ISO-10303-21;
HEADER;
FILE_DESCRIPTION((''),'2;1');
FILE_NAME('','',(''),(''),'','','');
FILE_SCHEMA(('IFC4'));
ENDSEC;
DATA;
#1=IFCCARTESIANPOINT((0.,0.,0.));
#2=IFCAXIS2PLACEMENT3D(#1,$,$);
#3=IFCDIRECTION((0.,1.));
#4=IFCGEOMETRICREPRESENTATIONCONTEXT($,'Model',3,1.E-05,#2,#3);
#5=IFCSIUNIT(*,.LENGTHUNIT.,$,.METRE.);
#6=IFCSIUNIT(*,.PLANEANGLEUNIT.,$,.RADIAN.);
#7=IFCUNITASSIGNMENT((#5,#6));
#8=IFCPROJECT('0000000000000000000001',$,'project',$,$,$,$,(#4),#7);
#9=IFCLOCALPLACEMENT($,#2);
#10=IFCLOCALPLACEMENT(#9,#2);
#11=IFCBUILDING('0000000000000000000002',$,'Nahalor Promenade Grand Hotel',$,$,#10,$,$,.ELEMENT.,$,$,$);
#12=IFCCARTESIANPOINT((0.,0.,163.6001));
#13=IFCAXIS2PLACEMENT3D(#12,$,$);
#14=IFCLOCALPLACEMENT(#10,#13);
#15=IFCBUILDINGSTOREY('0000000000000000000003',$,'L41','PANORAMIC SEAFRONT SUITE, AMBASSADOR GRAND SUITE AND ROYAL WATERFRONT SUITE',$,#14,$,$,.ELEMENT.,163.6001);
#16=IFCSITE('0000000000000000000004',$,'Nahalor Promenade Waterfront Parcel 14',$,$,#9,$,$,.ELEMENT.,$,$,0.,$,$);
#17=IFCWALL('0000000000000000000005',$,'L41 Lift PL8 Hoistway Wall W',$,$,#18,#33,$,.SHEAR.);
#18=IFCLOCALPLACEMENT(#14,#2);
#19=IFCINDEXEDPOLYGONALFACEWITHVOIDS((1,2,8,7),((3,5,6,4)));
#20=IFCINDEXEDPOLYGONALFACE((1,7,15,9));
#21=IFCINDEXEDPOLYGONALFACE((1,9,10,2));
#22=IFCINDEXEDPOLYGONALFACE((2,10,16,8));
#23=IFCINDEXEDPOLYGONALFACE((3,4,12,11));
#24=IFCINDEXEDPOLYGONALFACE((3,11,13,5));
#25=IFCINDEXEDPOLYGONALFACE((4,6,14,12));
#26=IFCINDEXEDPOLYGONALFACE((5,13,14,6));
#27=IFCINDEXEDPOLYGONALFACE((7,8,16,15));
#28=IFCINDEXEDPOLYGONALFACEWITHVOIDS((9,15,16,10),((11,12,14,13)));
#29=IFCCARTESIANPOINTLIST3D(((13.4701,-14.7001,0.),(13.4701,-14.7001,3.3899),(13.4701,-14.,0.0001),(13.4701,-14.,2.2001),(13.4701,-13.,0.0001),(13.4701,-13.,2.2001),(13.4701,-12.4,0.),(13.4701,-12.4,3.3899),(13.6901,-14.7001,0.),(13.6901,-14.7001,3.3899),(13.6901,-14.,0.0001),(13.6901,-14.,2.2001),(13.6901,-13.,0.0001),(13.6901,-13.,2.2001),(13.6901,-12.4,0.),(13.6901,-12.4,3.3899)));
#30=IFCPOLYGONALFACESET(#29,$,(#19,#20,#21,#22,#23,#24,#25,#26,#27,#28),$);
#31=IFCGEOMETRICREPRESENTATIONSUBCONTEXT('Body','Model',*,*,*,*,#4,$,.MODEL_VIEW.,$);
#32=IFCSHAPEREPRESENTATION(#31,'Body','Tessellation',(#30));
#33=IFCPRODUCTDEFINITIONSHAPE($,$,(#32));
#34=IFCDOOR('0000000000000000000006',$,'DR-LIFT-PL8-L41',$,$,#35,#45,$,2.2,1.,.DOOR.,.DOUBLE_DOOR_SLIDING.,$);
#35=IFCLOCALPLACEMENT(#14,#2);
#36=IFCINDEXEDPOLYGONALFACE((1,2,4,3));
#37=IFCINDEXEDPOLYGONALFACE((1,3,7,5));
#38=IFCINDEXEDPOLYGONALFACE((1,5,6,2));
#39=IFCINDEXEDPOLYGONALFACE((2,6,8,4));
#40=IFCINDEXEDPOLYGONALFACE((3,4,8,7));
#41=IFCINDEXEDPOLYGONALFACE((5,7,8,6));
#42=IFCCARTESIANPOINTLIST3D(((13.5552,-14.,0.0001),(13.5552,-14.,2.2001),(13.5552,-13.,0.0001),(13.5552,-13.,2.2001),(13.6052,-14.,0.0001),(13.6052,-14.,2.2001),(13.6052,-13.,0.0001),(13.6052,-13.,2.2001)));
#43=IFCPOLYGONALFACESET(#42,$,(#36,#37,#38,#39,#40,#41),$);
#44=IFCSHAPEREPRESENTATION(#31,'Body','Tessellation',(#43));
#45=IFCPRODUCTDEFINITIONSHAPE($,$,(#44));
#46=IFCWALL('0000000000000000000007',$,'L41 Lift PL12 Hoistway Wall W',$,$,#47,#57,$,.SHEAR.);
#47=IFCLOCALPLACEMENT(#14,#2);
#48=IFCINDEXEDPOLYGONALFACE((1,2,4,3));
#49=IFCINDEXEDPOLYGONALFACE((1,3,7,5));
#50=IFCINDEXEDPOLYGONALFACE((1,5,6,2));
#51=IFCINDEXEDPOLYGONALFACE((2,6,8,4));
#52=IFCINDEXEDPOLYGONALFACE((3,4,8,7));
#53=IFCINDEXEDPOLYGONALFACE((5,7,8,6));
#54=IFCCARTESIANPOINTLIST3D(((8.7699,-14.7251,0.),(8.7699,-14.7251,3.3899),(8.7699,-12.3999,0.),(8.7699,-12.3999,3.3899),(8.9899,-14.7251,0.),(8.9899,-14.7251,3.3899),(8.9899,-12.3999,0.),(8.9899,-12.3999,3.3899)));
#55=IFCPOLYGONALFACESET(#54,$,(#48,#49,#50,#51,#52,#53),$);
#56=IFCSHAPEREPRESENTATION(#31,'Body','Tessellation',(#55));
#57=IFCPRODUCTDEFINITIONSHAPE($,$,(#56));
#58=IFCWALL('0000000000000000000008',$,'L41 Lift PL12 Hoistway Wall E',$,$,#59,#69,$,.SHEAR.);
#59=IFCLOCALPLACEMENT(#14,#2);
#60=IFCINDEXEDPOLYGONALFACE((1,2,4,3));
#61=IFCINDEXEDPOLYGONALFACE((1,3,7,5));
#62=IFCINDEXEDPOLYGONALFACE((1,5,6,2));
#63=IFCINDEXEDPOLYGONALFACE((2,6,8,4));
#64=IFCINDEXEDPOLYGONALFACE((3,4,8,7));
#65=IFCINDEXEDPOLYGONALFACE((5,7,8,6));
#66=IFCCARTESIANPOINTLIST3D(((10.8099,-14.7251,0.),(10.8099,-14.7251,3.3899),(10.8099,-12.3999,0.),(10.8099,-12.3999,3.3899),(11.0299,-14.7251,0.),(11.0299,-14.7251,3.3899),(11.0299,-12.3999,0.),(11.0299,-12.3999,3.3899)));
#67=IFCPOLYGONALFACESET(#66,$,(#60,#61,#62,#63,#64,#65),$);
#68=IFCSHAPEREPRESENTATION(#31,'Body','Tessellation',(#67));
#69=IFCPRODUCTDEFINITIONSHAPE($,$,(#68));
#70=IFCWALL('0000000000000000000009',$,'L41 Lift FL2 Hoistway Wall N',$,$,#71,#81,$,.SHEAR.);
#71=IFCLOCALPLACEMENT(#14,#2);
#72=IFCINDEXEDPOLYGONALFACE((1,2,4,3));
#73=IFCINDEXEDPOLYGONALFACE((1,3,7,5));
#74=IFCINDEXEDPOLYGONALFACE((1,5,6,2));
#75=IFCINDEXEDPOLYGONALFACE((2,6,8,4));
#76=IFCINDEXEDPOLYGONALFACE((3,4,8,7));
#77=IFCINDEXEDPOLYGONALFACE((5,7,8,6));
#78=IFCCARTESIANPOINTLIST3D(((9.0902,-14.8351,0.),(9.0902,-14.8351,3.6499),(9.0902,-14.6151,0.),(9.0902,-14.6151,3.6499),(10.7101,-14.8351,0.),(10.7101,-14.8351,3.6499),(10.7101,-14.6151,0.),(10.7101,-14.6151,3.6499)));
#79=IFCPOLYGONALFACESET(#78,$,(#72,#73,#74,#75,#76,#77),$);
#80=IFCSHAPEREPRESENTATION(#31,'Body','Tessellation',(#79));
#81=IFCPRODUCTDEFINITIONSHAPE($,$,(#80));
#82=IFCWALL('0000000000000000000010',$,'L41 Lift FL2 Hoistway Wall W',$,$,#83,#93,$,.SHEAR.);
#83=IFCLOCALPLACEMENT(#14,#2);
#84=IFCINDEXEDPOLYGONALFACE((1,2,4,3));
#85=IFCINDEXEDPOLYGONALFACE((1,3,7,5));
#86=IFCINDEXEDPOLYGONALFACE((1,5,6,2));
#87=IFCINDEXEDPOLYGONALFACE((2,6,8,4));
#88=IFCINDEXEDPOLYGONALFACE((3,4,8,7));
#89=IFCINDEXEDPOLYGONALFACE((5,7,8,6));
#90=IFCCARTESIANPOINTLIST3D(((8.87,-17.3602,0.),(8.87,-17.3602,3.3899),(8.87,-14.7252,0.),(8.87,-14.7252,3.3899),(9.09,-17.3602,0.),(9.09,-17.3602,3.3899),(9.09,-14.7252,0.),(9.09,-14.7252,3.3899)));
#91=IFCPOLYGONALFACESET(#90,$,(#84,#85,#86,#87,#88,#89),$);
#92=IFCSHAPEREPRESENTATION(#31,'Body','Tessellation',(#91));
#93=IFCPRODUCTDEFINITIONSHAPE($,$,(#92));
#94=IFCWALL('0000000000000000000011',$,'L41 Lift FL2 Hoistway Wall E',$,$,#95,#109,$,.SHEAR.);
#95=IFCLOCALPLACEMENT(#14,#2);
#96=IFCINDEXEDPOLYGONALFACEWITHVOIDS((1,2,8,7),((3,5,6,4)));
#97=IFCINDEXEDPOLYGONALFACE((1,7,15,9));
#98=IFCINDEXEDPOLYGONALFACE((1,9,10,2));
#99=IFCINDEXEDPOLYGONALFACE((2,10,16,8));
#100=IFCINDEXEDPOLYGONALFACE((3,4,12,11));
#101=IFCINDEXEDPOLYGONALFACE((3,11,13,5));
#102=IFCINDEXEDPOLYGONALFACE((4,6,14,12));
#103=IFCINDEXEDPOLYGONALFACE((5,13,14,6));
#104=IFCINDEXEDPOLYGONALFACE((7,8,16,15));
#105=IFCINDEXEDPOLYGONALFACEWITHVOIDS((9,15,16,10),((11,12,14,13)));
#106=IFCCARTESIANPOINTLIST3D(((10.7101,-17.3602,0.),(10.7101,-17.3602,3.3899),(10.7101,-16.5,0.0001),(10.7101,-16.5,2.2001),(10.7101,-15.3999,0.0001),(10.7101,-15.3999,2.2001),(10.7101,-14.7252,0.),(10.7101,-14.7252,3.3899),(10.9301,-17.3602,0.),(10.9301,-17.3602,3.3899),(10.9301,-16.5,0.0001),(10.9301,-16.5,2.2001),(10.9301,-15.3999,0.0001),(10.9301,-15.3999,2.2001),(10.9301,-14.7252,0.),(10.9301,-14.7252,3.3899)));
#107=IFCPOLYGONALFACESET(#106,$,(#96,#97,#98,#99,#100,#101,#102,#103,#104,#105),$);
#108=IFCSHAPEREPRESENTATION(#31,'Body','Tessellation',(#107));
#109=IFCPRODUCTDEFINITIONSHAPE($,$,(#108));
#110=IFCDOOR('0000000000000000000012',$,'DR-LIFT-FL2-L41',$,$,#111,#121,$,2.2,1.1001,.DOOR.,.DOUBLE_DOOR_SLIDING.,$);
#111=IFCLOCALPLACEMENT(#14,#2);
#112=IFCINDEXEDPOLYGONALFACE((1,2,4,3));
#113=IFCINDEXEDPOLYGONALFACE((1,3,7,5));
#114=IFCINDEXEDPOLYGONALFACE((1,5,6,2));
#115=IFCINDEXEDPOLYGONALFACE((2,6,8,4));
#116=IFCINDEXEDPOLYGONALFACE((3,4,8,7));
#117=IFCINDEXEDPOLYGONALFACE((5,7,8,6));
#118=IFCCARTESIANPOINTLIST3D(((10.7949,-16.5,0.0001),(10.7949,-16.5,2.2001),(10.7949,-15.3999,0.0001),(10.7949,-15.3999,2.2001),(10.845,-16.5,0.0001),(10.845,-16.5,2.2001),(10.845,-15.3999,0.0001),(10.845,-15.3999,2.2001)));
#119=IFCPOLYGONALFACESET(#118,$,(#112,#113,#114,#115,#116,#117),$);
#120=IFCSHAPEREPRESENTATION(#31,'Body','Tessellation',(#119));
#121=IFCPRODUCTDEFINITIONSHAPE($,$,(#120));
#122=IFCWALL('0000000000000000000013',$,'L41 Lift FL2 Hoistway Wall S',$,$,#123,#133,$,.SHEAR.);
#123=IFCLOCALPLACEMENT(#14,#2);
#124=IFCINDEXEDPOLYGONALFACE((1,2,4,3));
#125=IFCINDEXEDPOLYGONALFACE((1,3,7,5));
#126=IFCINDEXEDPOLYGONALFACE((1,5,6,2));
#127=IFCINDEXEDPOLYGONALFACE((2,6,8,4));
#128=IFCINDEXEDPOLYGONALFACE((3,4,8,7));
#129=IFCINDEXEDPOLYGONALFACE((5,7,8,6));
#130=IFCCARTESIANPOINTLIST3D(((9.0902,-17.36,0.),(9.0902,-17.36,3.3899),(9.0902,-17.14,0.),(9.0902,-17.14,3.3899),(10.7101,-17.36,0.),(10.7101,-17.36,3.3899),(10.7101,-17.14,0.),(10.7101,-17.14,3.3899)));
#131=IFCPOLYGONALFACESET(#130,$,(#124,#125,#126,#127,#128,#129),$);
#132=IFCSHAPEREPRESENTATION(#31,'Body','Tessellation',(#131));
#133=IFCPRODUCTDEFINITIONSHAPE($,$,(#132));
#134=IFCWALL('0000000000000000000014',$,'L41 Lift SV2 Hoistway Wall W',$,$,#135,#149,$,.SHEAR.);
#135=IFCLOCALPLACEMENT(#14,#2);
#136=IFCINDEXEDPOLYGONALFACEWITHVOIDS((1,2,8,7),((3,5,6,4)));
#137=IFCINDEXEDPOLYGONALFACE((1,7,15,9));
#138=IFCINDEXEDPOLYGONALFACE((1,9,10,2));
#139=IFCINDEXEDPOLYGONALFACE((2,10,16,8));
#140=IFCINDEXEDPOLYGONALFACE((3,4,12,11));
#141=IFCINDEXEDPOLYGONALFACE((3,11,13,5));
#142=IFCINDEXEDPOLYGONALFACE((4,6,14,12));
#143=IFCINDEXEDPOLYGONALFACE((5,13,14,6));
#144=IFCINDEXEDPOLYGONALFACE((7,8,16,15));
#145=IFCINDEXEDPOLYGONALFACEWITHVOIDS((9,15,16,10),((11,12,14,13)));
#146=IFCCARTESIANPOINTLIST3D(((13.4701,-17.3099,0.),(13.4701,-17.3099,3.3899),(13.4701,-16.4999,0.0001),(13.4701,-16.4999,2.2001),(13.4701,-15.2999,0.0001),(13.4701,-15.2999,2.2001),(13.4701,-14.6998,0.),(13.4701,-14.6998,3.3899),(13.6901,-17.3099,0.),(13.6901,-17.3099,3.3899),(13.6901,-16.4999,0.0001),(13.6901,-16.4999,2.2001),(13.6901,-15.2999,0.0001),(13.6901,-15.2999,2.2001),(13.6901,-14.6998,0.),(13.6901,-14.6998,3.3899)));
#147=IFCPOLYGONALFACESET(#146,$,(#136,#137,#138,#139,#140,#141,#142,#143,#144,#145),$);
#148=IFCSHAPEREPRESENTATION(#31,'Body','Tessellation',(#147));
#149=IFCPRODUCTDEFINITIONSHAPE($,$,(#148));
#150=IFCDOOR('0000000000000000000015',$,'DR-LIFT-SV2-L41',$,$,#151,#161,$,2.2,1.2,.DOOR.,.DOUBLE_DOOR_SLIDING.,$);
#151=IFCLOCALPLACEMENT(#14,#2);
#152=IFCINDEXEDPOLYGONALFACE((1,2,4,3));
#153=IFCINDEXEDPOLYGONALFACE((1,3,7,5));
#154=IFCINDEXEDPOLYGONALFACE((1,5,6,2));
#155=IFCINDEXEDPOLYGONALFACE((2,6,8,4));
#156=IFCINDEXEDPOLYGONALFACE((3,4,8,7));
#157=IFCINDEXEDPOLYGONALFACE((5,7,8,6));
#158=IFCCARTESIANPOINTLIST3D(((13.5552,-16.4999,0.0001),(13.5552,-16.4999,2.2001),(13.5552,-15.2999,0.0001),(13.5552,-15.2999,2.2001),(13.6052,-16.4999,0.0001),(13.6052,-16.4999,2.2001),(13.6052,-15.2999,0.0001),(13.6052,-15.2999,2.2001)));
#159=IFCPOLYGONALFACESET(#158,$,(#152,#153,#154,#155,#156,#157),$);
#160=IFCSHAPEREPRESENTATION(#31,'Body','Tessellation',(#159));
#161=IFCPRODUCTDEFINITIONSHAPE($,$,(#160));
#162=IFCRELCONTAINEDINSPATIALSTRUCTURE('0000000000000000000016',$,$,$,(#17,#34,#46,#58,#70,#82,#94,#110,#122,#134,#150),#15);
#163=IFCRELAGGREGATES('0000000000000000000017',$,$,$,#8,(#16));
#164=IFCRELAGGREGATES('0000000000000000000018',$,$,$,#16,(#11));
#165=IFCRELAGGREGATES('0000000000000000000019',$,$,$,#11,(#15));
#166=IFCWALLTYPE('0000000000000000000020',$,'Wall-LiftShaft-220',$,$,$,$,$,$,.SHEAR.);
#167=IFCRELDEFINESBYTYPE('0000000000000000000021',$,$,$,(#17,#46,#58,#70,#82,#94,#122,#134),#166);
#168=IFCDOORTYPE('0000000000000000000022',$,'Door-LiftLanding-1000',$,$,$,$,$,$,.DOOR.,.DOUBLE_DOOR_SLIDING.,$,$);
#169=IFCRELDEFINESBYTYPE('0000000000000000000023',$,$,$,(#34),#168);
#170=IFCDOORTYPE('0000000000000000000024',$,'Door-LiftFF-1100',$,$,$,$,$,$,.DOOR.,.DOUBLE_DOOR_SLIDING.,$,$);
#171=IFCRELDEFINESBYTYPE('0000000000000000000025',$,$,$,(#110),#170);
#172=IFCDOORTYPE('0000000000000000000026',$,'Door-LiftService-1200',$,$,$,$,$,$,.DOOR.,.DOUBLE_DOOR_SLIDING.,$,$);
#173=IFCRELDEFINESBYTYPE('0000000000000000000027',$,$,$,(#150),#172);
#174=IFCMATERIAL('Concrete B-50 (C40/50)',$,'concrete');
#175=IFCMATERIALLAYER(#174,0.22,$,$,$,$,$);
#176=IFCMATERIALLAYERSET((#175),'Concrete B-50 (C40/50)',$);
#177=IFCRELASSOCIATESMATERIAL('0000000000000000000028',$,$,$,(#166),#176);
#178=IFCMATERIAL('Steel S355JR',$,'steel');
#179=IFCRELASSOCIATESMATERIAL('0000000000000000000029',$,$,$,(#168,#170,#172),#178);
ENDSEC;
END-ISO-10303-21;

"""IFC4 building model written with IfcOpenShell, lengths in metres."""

from ifc_helpers import new_model, si_unit, direction, frame, frame_2d, origin, place, context, subcontext, project, spatial, rectangle, extrude, source, transform, mapped, material, layer, layer_set, type_object, element, fill, save


model = new_model("IFC4")

# Units and contexts
model_context = context("Model", 3, precision=1e-05, world=origin(), true_north=direction((0.0, 1.0)))
body_context = subcontext(model_context, "Body", "Model", "MODEL_VIEW")
ifc_project = project(units=[si_unit("LENGTHUNIT", "METRE"), si_unit("PLANEANGLEUNIT", "RADIAN")], contexts=[model_context])

# Site, building, storey
site_placement = place(None, origin())
site = spatial("IfcSite", under=ifc_project, at=site_placement, Name="Nahalor Promenade Waterfront Parcel 14", CompositionType="ELEMENT", RefElevation=0.0)
building_placement = place(site_placement, origin())
building = spatial("IfcBuilding", under=site, at=building_placement, Name="Nahalor Promenade Grand Hotel", CompositionType="ELEMENT")
storey_placement = place(building_placement, frame((0.0, 0.0, 163.6001)))
storey = spatial("IfcBuildingStorey", under=building, at=storey_placement, Name="L41", Description="PANORAMIC SEAFRONT SUITE, AMBASSADOR GRAND SUITE AND ROYAL WATERFRONT SUITE", CompositionType="ELEMENT", Elevation=163.6001)

# Shared definitions
ifc_material_1 = material(Name="Steel S355JR", Category="steel")

# Shared definitions
ifc_material_2 = material(Name="Concrete B-50 (C40/50)", Category="concrete")

# Shared definitions
ifc_layer_1 = layer(ifc_material_2, 0.22)
ifc_layer_set_1 = layer_set([ifc_layer_1], Name="Concrete B-50 (C40/50)")
wall_type_1 = type_object("IfcWallType", Name="Wall-LiftShaft-220", PredefinedType="SHEAR", material=ifc_layer_set_1)

# Shared definitions
door_type_1 = type_object("IfcDoorType", Name="Door-LiftLanding-1000", OperationType="DOUBLE_DOOR_SLIDING", PredefinedType="DOOR", material=ifc_material_1)
shared_shape_1 = source(origin(), body_context, "Body", "SweptSolid", [
    extrude(rectangle(XDim=1.0, YDim=2.2, at=frame_2d((0.5, 1.1001))), frame((0.0, 0.0249, 0.0), z_axis=(0.0, -1.0, 0.0), x_axis=(1.0, 0.0, 0.0)), (0.0, 0.0, 1.0), 0.05),
])

# Wall, opening, door
shared_shape_2 = source(origin(), body_context, "Body", "SweptSolid", [
    extrude(rectangle(XDim=2.3, YDim=0.22, at=frame_2d((1.1499, 0.0))), origin(), (0.0, 0.0, 1.0), 3.3899),
])
wall_1_placement = place(storey_placement, frame((13.5801, -14.7, 0.0), z_axis=(0.0, 0.0, 1.0), x_axis=(0.0, 1.0, 0.0)))
wall_1 = element("IfcWall", 1, at=wall_1_placement, inside=storey, type_object=wall_type_1, Name="L41 Lift PL8 Hoistway Wall W", PredefinedType="SHEAR", context=body_context, shape_type="MappedRepresentation", body=[
    mapped(shared_shape_2, transform((0.0, 0.0, 0.0), scale=1.0)),
])
opening_1_placement = place(wall_1_placement, frame((0.7, 0.0, 0.0)))
opening_1 = element("IfcOpeningElement", 2, at=opening_1_placement, cuts=wall_1, PredefinedType="OPENING", context=body_context, shape_type="SweptSolid", body=[
    extrude(rectangle(XDim=1.0, YDim=2.2, at=frame_2d((0.5, 1.1001))), frame((0.0, 0.1199, 0.0), z_axis=(0.0, -1.0, 0.0), x_axis=(1.0, 0.0, 0.0)), (0.0, 0.0, 1.0), 0.24),
])
door_1_placement = place(opening_1_placement, origin())
door_1 = element("IfcDoor", 3, at=door_1_placement, inside=storey, type_object=door_type_1, Name="DR-LIFT-PL8-L41", OperationType="DOUBLE_DOOR_SLIDING", OverallHeight=2.2, OverallWidth=1.0, PredefinedType="DOOR", context=body_context, shape_type="MappedRepresentation", body=[
    mapped(shared_shape_1, transform((0.0, 0.0, 0.0), scale=1.0)),
])
fill(opening_1, door_1)

# Walls
shared_shape_3 = source(origin(), body_context, "Body", "SweptSolid", [
    extrude(rectangle(XDim=2.3252, YDim=0.22, at=frame_2d((1.1626, 0.0))), origin(), (0.0, 0.0, 1.0), 3.3899),
])
for number, where, z_axis, x_axis, name in (
    (4, (8.8799, -14.7251, 0.0), (0.0, 0.0, 1.0), (0.0, 1.0, 0.0), "L41 Lift PL12 Hoistway Wall W"),
    (5, (10.9199, -14.7251, 0.0), (0.0, 0.0, 1.0), (0.0, 1.0, 0.0), "L41 Lift PL12 Hoistway Wall E"),
):
    element("IfcWall", number, at=place(storey_placement, frame(where, z_axis=z_axis, x_axis=x_axis)), inside=storey, type_object=wall_type_1, Name=name, PredefinedType="SHEAR", context=body_context, shape_type="MappedRepresentation", body=[
        mapped(shared_shape_3, transform((0.0, 0.0, 0.0), scale=1.0)),
    ])
shared_shape_4 = source(origin(), body_context, "Body", "SweptSolid", [
    extrude(rectangle(XDim=1.6199, YDim=0.22, at=frame_2d((0.8101, 0.0))), origin(), (0.0, 0.0, 1.0), 3.6499),
])
wall_2_placement = place(storey_placement, frame((9.0901, -14.7251, 0.0), z_axis=(0.0, 0.0, 1.0), x_axis=(1.0, 0.0, 0.0)))
element("IfcWall", 6, at=wall_2_placement, inside=storey, type_object=wall_type_1, Name="L41 Lift FL2 Hoistway Wall N", PredefinedType="SHEAR", context=body_context, shape_type="MappedRepresentation", body=[
    mapped(shared_shape_4, transform((0.0, 0.0, 0.0), scale=1.0)),
])
shared_shape_5 = source(origin(), body_context, "Body", "SweptSolid", [
    extrude(rectangle(XDim=2.635, YDim=0.22, at=frame_2d((1.3174, 0.0))), origin(), (0.0, 0.0, 1.0), 3.3899),
])
wall_3_placement = place(storey_placement, frame((8.98, -17.3601, 0.0), z_axis=(0.0, 0.0, 1.0), x_axis=(0.0, 1.0, 0.0)))
element("IfcWall", 7, at=wall_3_placement, inside=storey, type_object=wall_type_1, Name="L41 Lift FL2 Hoistway Wall W", PredefinedType="SHEAR", context=body_context, shape_type="MappedRepresentation", body=[
    mapped(shared_shape_5, transform((0.0, 0.0, 0.0), scale=1.0)),
])

# Wall, opening, door
wall_4_placement = place(storey_placement, frame((10.8201, -17.3601, 0.0), z_axis=(0.0, 0.0, 1.0), x_axis=(0.0, 1.0, 0.0)))
wall_4 = element("IfcWall", 8, at=wall_4_placement, inside=storey, type_object=wall_type_1, Name="L41 Lift FL2 Hoistway Wall E", PredefinedType="SHEAR", context=body_context, shape_type="MappedRepresentation", body=[
    mapped(shared_shape_5, transform((0.0, 0.0, 0.0), scale=1.0)),
])
opening_2_placement = place(wall_4_placement, frame((0.8601, 0.0, 0.0)))
opening_2 = element("IfcOpeningElement", 9, at=opening_2_placement, cuts=wall_4, PredefinedType="OPENING", context=body_context, shape_type="SweptSolid", body=[
    extrude(rectangle(XDim=1.1001, YDim=2.2, at=frame_2d((0.55, 1.1001))), frame((0.0, 0.1199, 0.0), z_axis=(0.0, -1.0, 0.0), x_axis=(1.0, 0.0, 0.0)), (0.0, 0.0, 1.0), 0.24),
])
door_type_2 = type_object("IfcDoorType", Name="Door-LiftFF-1100", OperationType="DOUBLE_DOOR_SLIDING", PredefinedType="DOOR", material=ifc_material_1)
shared_shape_6 = source(origin(), body_context, "Body", "SweptSolid", [
    extrude(rectangle(XDim=1.1001, YDim=2.2, at=frame_2d((0.55, 1.1001))), frame((0.0, 0.0249, 0.0), z_axis=(0.0, -1.0, 0.0), x_axis=(1.0, 0.0, 0.0)), (0.0, 0.0, 1.0), 0.05),
])
door_2_placement = place(opening_2_placement, frame((1.1001, 0.0, 0.0), z_axis=(0.0, 0.0, 1.0), x_axis=(-1.0, 0.0, 0.0)))
door_2 = element("IfcDoor", 10, at=door_2_placement, inside=storey, type_object=door_type_2, Name="DR-LIFT-FL2-L41", OperationType="DOUBLE_DOOR_SLIDING", OverallHeight=2.2, OverallWidth=1.1001, PredefinedType="DOOR", context=body_context, shape_type="MappedRepresentation", body=[
    mapped(shared_shape_6, transform((0.0, 0.0, 0.0), scale=1.0)),
])
fill(opening_2, door_2)

# Wall
shared_shape_7 = source(origin(), body_context, "Body", "SweptSolid", [
    extrude(rectangle(XDim=1.6199, YDim=0.22, at=frame_2d((0.8101, 0.0))), origin(), (0.0, 0.0, 1.0), 3.3899),
])
wall_5_placement = place(storey_placement, frame((9.0901, -17.25, 0.0), z_axis=(0.0, 0.0, 1.0), x_axis=(1.0, 0.0, 0.0)))
element("IfcWall", 11, at=wall_5_placement, inside=storey, type_object=wall_type_1, Name="L41 Lift FL2 Hoistway Wall S", PredefinedType="SHEAR", context=body_context, shape_type="MappedRepresentation", body=[
    mapped(shared_shape_7, transform((0.0, 0.0, 0.0), scale=1.0)),
])

# Wall, opening, door
shared_shape_8 = source(origin(), body_context, "Body", "SweptSolid", [
    extrude(rectangle(XDim=2.6101, YDim=0.22, at=frame_2d((1.3052, 0.0))), origin(), (0.0, 0.0, 1.0), 3.3899),
])
wall_6_placement = place(storey_placement, frame((13.5801, -17.3101, 0.0), z_axis=(0.0, 0.0, 1.0), x_axis=(0.0, 1.0, 0.0)))
wall_6 = element("IfcWall", 12, at=wall_6_placement, inside=storey, type_object=wall_type_1, Name="L41 Lift SV2 Hoistway Wall W", PredefinedType="SHEAR", context=body_context, shape_type="MappedRepresentation", body=[
    mapped(shared_shape_8, transform((0.0, 0.0, 0.0), scale=1.0)),
])
opening_3_placement = place(wall_6_placement, frame((0.8101, 0.0, 0.0)))
opening_3 = element("IfcOpeningElement", 13, at=opening_3_placement, cuts=wall_6, PredefinedType="OPENING", context=body_context, shape_type="SweptSolid", body=[
    extrude(rectangle(XDim=1.2, YDim=2.2, at=frame_2d((0.6001, 1.1001))), frame((0.0, 0.1199, 0.0), z_axis=(0.0, -1.0, 0.0), x_axis=(1.0, 0.0, 0.0)), (0.0, 0.0, 1.0), 0.24),
])
door_type_3 = type_object("IfcDoorType", Name="Door-LiftService-1200", OperationType="DOUBLE_DOOR_SLIDING", PredefinedType="DOOR", material=ifc_material_1)
shared_shape_9 = source(origin(), body_context, "Body", "SweptSolid", [
    extrude(rectangle(XDim=1.2, YDim=2.2, at=frame_2d((0.6001, 1.1001))), frame((0.0, 0.0249, 0.0), z_axis=(0.0, -1.0, 0.0), x_axis=(1.0, 0.0, 0.0)), (0.0, 0.0, 1.0), 0.05),
])
door_3_placement = place(opening_3_placement, origin())
door_3 = element("IfcDoor", 14, at=door_3_placement, inside=storey, type_object=door_type_3, Name="DR-LIFT-SV2-L41", OperationType="DOUBLE_DOOR_SLIDING", OverallHeight=2.2, OverallWidth=1.2, PredefinedType="DOOR", context=body_context, shape_type="MappedRepresentation", body=[
    mapped(shared_shape_9, transform((0.0, 0.0, 0.0), scale=1.0)),
])
fill(opening_3, door_3)

save(model, "model.ifc")
